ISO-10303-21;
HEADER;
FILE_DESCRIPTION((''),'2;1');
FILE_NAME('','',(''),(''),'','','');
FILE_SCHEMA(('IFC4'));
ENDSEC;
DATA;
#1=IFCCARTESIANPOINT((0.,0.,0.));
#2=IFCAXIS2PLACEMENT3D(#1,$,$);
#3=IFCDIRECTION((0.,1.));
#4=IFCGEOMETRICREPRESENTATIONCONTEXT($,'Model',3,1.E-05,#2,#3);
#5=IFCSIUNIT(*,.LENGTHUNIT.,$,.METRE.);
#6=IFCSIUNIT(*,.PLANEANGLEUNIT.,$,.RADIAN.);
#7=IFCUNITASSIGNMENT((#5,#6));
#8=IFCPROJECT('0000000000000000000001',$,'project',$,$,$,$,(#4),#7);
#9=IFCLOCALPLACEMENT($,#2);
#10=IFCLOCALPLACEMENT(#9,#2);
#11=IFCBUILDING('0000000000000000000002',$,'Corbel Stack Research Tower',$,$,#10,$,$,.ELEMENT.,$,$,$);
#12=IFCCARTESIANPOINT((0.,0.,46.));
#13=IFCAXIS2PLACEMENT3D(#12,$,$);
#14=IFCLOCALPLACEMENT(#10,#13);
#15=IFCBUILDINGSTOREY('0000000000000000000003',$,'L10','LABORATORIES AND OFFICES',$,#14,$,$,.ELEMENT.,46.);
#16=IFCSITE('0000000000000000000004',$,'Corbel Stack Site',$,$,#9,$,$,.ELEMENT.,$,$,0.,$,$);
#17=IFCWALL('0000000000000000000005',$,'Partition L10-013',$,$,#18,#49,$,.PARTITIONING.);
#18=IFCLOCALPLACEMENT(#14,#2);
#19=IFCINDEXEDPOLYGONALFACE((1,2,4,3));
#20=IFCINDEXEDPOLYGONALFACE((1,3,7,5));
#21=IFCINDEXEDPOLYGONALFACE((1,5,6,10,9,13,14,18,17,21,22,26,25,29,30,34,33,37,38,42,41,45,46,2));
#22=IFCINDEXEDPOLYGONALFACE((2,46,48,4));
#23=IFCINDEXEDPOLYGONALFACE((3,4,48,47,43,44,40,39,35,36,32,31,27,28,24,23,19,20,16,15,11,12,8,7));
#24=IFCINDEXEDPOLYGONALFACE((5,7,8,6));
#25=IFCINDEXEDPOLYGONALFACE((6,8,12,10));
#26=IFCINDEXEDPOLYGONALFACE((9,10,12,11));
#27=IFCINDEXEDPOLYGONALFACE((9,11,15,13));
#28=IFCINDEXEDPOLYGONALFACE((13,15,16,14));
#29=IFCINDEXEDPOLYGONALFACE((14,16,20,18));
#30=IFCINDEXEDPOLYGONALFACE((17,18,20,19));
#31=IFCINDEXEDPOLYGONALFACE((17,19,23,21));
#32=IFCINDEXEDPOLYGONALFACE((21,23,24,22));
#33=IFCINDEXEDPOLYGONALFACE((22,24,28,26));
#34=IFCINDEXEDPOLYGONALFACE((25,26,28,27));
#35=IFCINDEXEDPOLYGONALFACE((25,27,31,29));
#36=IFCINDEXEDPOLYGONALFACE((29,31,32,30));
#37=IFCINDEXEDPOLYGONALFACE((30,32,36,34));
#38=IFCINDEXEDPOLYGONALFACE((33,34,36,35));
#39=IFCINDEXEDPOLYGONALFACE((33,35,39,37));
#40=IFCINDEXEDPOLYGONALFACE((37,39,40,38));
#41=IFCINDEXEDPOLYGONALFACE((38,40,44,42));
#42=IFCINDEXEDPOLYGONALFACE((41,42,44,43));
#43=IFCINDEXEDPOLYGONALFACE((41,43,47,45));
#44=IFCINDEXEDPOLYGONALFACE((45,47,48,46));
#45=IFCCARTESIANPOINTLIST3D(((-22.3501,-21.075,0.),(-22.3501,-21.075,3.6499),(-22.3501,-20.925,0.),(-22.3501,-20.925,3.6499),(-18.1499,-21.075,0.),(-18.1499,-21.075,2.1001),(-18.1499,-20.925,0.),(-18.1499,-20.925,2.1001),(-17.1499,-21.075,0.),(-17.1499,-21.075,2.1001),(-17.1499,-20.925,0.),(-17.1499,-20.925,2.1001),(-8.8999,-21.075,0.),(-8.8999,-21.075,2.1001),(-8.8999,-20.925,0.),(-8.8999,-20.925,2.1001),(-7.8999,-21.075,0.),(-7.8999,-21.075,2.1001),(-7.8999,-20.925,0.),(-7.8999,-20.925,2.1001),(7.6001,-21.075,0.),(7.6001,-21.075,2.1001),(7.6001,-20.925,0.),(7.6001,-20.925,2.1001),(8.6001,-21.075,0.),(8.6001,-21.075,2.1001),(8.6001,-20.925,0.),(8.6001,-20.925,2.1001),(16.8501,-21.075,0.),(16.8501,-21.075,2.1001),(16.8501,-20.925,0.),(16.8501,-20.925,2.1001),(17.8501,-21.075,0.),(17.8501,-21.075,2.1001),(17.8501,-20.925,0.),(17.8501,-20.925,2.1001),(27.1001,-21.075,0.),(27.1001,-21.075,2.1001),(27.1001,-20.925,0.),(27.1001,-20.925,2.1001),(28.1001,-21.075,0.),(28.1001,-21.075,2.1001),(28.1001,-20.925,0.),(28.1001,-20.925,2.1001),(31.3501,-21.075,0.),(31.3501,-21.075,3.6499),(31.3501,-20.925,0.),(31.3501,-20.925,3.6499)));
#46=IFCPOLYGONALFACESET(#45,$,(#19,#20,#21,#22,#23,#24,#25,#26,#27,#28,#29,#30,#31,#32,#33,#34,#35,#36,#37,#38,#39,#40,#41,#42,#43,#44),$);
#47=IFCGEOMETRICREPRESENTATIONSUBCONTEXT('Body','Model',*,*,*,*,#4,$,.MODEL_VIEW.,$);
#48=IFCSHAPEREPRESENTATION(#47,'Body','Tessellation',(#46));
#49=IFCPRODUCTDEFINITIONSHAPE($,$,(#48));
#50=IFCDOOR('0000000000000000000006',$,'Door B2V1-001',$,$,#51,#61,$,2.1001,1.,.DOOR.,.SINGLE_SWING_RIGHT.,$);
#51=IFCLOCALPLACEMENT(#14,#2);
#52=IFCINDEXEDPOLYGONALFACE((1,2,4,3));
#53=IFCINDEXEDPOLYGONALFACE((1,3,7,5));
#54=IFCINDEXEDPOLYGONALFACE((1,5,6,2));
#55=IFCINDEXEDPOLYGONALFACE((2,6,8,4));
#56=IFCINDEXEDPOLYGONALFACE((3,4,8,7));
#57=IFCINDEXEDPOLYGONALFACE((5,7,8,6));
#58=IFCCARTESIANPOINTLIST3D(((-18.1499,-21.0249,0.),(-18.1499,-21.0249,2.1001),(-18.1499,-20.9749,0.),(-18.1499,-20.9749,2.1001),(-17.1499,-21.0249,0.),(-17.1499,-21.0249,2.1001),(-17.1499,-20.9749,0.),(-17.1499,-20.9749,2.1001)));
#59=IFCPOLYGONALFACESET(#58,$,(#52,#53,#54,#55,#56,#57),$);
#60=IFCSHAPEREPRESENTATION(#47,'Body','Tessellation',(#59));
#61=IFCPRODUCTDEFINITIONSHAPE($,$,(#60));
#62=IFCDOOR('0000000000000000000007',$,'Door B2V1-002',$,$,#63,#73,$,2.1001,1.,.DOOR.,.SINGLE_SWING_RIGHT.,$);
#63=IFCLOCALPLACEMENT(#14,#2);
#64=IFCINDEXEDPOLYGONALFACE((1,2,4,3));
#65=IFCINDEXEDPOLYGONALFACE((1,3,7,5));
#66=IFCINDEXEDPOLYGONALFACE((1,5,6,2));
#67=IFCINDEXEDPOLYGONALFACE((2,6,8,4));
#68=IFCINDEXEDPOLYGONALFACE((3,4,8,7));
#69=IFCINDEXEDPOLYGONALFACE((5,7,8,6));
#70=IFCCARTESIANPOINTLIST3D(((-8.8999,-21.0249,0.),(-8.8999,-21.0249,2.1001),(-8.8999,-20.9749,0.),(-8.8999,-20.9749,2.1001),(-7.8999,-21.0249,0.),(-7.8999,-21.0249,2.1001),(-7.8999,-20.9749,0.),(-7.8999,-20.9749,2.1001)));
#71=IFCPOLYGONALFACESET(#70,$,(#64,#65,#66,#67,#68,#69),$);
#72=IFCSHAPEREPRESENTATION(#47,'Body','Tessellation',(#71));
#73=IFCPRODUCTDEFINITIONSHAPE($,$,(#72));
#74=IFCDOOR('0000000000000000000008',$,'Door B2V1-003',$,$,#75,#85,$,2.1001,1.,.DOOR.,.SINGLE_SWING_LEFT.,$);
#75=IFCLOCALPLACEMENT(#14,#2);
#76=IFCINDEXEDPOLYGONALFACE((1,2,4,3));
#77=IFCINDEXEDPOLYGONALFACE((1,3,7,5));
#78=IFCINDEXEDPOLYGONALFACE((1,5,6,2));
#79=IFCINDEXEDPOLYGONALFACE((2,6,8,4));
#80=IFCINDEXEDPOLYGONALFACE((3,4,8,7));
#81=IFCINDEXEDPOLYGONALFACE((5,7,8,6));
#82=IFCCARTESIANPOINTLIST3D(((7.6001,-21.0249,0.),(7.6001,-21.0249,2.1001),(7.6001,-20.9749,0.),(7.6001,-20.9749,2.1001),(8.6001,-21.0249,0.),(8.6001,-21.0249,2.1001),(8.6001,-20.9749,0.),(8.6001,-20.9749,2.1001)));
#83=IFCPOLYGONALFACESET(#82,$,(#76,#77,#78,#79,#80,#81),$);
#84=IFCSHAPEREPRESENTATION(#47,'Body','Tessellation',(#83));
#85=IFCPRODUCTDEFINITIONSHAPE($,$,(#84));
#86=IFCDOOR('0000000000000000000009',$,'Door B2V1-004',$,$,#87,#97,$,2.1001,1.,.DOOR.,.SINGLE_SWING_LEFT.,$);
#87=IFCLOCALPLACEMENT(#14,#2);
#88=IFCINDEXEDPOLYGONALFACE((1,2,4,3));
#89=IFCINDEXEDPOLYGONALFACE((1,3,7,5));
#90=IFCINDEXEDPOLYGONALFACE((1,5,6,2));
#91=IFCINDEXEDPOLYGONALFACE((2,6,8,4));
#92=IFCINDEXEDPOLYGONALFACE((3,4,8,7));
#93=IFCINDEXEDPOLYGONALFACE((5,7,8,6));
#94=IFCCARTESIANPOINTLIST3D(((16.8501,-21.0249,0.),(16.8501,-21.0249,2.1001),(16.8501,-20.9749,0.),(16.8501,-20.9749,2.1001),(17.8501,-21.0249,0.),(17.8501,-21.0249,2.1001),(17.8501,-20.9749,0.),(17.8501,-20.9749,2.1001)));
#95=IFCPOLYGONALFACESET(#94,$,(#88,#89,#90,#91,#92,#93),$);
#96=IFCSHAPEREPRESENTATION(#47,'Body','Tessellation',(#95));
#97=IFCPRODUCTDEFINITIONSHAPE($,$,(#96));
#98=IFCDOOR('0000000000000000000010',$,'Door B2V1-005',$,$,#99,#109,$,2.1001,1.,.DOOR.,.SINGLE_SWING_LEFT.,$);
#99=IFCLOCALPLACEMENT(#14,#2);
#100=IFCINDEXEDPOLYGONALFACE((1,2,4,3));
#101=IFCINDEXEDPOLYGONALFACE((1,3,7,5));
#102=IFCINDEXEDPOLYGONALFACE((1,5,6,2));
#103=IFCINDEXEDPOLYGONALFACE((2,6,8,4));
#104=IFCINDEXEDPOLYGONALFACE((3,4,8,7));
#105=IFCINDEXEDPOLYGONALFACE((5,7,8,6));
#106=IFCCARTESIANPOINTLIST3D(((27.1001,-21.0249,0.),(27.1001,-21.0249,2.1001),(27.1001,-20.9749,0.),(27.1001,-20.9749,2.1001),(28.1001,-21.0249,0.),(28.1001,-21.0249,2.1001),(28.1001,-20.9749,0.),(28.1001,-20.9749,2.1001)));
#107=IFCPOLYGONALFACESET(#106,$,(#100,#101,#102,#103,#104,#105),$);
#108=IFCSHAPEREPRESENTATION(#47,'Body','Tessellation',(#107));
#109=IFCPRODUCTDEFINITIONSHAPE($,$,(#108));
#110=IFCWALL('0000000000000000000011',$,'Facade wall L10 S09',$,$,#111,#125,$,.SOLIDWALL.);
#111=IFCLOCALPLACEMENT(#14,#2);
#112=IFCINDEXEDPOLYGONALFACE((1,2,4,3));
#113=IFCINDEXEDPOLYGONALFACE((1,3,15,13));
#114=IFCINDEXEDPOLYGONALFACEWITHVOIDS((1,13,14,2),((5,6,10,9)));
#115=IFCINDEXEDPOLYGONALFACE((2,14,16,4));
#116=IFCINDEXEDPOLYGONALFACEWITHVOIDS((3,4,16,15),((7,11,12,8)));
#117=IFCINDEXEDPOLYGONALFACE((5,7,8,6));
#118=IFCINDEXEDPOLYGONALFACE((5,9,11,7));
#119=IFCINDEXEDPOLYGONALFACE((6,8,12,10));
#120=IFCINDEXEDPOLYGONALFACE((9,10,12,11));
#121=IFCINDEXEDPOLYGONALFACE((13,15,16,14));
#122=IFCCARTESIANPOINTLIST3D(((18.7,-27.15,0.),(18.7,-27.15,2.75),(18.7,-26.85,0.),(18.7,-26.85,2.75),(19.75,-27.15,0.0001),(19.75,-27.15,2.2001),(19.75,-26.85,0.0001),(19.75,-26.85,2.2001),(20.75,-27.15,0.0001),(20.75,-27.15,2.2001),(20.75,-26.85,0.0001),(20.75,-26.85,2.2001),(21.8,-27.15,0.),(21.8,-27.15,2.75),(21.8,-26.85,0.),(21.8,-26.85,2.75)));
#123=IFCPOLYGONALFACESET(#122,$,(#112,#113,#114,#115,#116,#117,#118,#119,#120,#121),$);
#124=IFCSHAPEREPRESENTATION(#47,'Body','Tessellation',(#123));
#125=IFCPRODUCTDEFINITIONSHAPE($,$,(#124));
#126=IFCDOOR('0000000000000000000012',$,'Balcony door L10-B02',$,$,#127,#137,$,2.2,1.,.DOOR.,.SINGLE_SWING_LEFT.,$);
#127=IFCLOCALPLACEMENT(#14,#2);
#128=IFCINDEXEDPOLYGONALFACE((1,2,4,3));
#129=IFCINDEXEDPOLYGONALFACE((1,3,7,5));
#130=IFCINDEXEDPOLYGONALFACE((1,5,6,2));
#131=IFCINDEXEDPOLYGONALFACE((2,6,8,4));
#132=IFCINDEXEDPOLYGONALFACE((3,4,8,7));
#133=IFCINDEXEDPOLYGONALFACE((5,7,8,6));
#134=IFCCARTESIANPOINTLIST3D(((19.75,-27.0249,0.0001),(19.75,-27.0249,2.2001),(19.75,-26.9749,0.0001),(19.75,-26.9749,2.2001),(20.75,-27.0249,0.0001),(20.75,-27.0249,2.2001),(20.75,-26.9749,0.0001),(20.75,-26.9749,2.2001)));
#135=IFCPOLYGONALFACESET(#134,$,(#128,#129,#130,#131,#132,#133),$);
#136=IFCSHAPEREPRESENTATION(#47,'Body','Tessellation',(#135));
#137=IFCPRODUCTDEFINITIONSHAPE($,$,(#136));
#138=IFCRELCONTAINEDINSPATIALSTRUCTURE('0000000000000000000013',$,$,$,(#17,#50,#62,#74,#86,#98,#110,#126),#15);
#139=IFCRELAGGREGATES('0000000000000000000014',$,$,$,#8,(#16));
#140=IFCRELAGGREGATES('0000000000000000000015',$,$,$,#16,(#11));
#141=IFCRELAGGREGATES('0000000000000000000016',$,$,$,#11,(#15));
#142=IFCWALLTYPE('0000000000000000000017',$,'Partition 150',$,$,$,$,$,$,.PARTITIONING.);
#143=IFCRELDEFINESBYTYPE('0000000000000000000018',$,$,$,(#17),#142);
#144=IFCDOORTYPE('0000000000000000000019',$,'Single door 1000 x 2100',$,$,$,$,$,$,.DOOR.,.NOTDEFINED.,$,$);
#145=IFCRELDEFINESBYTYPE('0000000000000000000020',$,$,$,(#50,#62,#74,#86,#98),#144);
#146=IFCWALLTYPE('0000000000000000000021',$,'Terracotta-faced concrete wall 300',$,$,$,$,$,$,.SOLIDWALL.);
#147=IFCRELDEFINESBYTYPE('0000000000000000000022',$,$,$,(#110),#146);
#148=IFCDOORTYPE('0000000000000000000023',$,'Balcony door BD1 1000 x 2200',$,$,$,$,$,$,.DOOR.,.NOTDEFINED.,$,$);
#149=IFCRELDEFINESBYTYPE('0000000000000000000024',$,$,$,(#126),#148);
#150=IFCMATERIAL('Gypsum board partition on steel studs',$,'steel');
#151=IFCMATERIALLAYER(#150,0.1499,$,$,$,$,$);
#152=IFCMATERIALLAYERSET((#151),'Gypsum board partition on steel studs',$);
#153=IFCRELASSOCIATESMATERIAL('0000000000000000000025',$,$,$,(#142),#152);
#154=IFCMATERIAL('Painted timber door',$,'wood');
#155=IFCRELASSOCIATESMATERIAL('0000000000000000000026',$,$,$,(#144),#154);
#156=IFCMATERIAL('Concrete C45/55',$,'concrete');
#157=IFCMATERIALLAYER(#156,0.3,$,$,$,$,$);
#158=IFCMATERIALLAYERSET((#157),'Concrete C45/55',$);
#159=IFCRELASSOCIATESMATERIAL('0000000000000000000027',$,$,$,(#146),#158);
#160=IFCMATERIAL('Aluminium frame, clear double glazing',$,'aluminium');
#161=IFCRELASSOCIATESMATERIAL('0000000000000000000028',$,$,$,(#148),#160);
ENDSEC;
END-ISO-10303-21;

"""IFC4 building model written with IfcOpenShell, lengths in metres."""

from ifc_helpers import new_model, si_unit, direction, frame, frame_2d, origin, place, context, subcontext, project, spatial, rectangle, extrude, material, layer, layer_set, type_object, element, fill, save


model = new_model("IFC4")

# Units and contexts
model_context = context("Model", 3, precision=1e-05, world=origin(), true_north=direction((0.0, 1.0)))
body_context = subcontext(model_context, "Body", "Model", "MODEL_VIEW")
ifc_project = project(units=[si_unit("LENGTHUNIT", "METRE"), si_unit("PLANEANGLEUNIT", "RADIAN")], contexts=[model_context])

# Site, building, storey
site_placement = place(None, origin())
site = spatial("IfcSite", under=ifc_project, at=site_placement, Name="Corbel Stack Site", CompositionType="ELEMENT", RefElevation=0.0)
building_placement = place(site_placement, origin())
building = spatial("IfcBuilding", under=site, at=building_placement, Name="Corbel Stack Research Tower", CompositionType="ELEMENT")
storey_placement = place(building_placement, frame((0.0, 0.0, 46.0)))
storey = spatial("IfcBuildingStorey", under=building, at=storey_placement, Name="L10", Description="LABORATORIES AND OFFICES", CompositionType="ELEMENT", Elevation=46.0)

# Wall, openings, doors
ifc_material_1 = material(Name="Gypsum board partition on steel studs", Category="steel")
ifc_layer_1 = layer(ifc_material_1, 0.1499)
ifc_layer_set_1 = layer_set([ifc_layer_1], Name="Gypsum board partition on steel studs")
wall_type_1 = type_object("IfcWallType", Name="Partition 150", PredefinedType="PARTITIONING", material=ifc_layer_set_1)
wall_1_placement = place(storey_placement, frame((31.3501, -21.0, 0.0), z_axis=(0.0, 0.0, 1.0), x_axis=(-1.0, 0.0, 0.0)))
wall_1 = element("IfcWall", 1, at=wall_1_placement, inside=storey, type_object=wall_type_1, Name="Partition L10-013", PredefinedType="PARTITIONING", context=body_context, shape_type="SweptSolid", body=[
    extrude(rectangle(XDim=53.7002, YDim=0.1499, at=frame_2d((26.8501, 0.0))), origin(), (0.0, 0.0, 1.0), 3.6499),
])
opening_1_placement = place(wall_1_placement, frame((48.5, 0.0, 0.0)))
opening_1 = element("IfcOpeningElement", 2, at=opening_1_placement, cuts=wall_1, PredefinedType="OPENING", context=body_context, shape_type="SweptSolid", body=[
    extrude(rectangle(XDim=1.0, YDim=2.1001, at=frame_2d((0.5, 1.05))), frame((0.0, 0.085, 0.0), z_axis=(0.0, -1.0, 0.0), x_axis=(1.0, 0.0, 0.0)), (0.0, 0.0, 1.0), 0.1699),
])
opening_2_placement = place(wall_1_placement, frame((39.25, 0.0, 0.0)))
opening_2 = element("IfcOpeningElement", 3, at=opening_2_placement, cuts=wall_1, PredefinedType="OPENING", context=body_context, shape_type="SweptSolid", body=[
    extrude(rectangle(XDim=1.0, YDim=2.1001, at=frame_2d((0.5, 1.05))), frame((0.0, 0.085, 0.0), z_axis=(0.0, -1.0, 0.0), x_axis=(1.0, 0.0, 0.0)), (0.0, 0.0, 1.0), 0.1699),
])
opening_3_placement = place(wall_1_placement, frame((22.75, 0.0, 0.0)))
opening_3 = element("IfcOpeningElement", 4, at=opening_3_placement, cuts=wall_1, PredefinedType="OPENING", context=body_context, shape_type="SweptSolid", body=[
    extrude(rectangle(XDim=1.0, YDim=2.1001, at=frame_2d((0.5, 1.05))), frame((0.0, 0.085, 0.0), z_axis=(0.0, -1.0, 0.0), x_axis=(1.0, 0.0, 0.0)), (0.0, 0.0, 1.0), 0.1699),
])
opening_4_placement = place(wall_1_placement, frame((13.5, 0.0, 0.0)))
opening_4 = element("IfcOpeningElement", 5, at=opening_4_placement, cuts=wall_1, PredefinedType="OPENING", context=body_context, shape_type="SweptSolid", body=[
    extrude(rectangle(XDim=1.0, YDim=2.1001, at=frame_2d((0.5, 1.05))), frame((0.0, 0.085, 0.0), z_axis=(0.0, -1.0, 0.0), x_axis=(1.0, 0.0, 0.0)), (0.0, 0.0, 1.0), 0.1699),
])
opening_5_placement = place(wall_1_placement, frame((3.25, 0.0, 0.0)))
opening_5 = element("IfcOpeningElement", 6, at=opening_5_placement, cuts=wall_1, PredefinedType="OPENING", context=body_context, shape_type="SweptSolid", body=[
    extrude(rectangle(XDim=1.0, YDim=2.1001, at=frame_2d((0.5, 1.05))), frame((0.0, 0.085, 0.0), z_axis=(0.0, -1.0, 0.0), x_axis=(1.0, 0.0, 0.0)), (0.0, 0.0, 1.0), 0.1699),
])
ifc_material_2 = material(Name="Painted timber door", Category="wood")
door_type_1 = type_object("IfcDoorType", Name="Single door 1000 x 2100", OperationType="NOTDEFINED", PredefinedType="DOOR", material=ifc_material_2)
door_1_placement = place(opening_1_placement, origin())
door_1 = element("IfcDoor", 7, at=door_1_placement, inside=storey, type_object=door_type_1, Name="Door B2V1-001", OperationType="SINGLE_SWING_RIGHT", OverallHeight=2.1001, OverallWidth=1.0, PredefinedType="DOOR", context=body_context, shape_type="SweptSolid", body=[
    extrude(rectangle(XDim=1.0, YDim=2.1001, at=frame_2d((0.5, 1.05))), frame((0.0, 0.0249, 0.0), z_axis=(0.0, -1.0, 0.0), x_axis=(1.0, 0.0, 0.0)), (0.0, 0.0, 1.0), 0.05),
])
fill(opening_1, door_1)
door_2_placement = place(opening_2_placement, origin())
door_2 = element("IfcDoor", 8, at=door_2_placement, inside=storey, type_object=door_type_1, Name="Door B2V1-002", OperationType="SINGLE_SWING_RIGHT", OverallHeight=2.1001, OverallWidth=1.0, PredefinedType="DOOR", context=body_context, shape_type="SweptSolid", body=[
    extrude(rectangle(XDim=1.0, YDim=2.1001, at=frame_2d((0.5, 1.05))), frame((0.0, 0.0249, 0.0), z_axis=(0.0, -1.0, 0.0), x_axis=(1.0, 0.0, 0.0)), (0.0, 0.0, 1.0), 0.05),
])
fill(opening_2, door_2)
door_3_placement = place(opening_3_placement, origin())
door_3 = element("IfcDoor", 9, at=door_3_placement, inside=storey, type_object=door_type_1, Name="Door B2V1-003", OperationType="SINGLE_SWING_LEFT", OverallHeight=2.1001, OverallWidth=1.0, PredefinedType="DOOR", context=body_context, shape_type="SweptSolid", body=[
    extrude(rectangle(XDim=1.0, YDim=2.1001, at=frame_2d((0.5, 1.05))), frame((0.0, 0.0249, 0.0), z_axis=(0.0, -1.0, 0.0), x_axis=(1.0, 0.0, 0.0)), (0.0, 0.0, 1.0), 0.05),
])
fill(opening_3, door_3)
door_4_placement = place(opening_4_placement, origin())
door_4 = element("IfcDoor", 10, at=door_4_placement, inside=storey, type_object=door_type_1, Name="Door B2V1-004", OperationType="SINGLE_SWING_LEFT", OverallHeight=2.1001, OverallWidth=1.0, PredefinedType="DOOR", context=body_context, shape_type="SweptSolid", body=[
    extrude(rectangle(XDim=1.0, YDim=2.1001, at=frame_2d((0.5, 1.05))), frame((0.0, 0.0249, 0.0), z_axis=(0.0, -1.0, 0.0), x_axis=(1.0, 0.0, 0.0)), (0.0, 0.0, 1.0), 0.05),
])
fill(opening_4, door_4)
door_5_placement = place(opening_5_placement, origin())
door_5 = element("IfcDoor", 11, at=door_5_placement, inside=storey, type_object=door_type_1, Name="Door B2V1-005", OperationType="SINGLE_SWING_LEFT", OverallHeight=2.1001, OverallWidth=1.0, PredefinedType="DOOR", context=body_context, shape_type="SweptSolid", body=[
    extrude(rectangle(XDim=1.0, YDim=2.1001, at=frame_2d((0.5, 1.05))), frame((0.0, 0.0249, 0.0), z_axis=(0.0, -1.0, 0.0), x_axis=(1.0, 0.0, 0.0)), (0.0, 0.0, 1.0), 0.05),
])
fill(opening_5, door_5)

# Wall, opening, door
ifc_material_3 = material(Name="Concrete C45/55", Category="concrete")
ifc_layer_2 = layer(ifc_material_3, 0.3)
ifc_layer_set_2 = layer_set([ifc_layer_2], Name="Concrete C45/55")
wall_type_2 = type_object("IfcWallType", Name="Terracotta-faced concrete wall 300", PredefinedType="SOLIDWALL", material=ifc_layer_set_2)
wall_2_placement = place(storey_placement, frame((21.8, -27.0, 0.0), z_axis=(0.0, 0.0, 1.0), x_axis=(-1.0, 0.0, 0.0)))
wall_2 = element("IfcWall", 12, at=wall_2_placement, inside=storey, type_object=wall_type_2, Name="Facade wall L10 S09", PredefinedType="SOLIDWALL", context=body_context, shape_type="SweptSolid", body=[
    extrude(rectangle(XDim=3.1001, YDim=0.3, at=frame_2d((1.55, 0.0))), origin(), (0.0, 0.0, 1.0), 2.75),
])
opening_6_placement = place(wall_2_placement, frame((1.05, 0.0, 0.0)))
opening_6 = element("IfcOpeningElement", 13, at=opening_6_placement, cuts=wall_2, PredefinedType="OPENING", context=body_context, shape_type="SweptSolid", body=[
    extrude(rectangle(XDim=1.0, YDim=2.2, at=frame_2d((0.5, 1.1001))), frame((0.0, 0.1599, 0.0), z_axis=(0.0, -1.0, 0.0), x_axis=(1.0, 0.0, 0.0)), (0.0, 0.0, 1.0), 0.3201),
])
ifc_material_4 = material(Name="Aluminium frame, clear double glazing", Category="aluminium")
door_type_2 = type_object("IfcDoorType", Name="Balcony door BD1 1000 x 2200", OperationType="NOTDEFINED", PredefinedType="DOOR", material=ifc_material_4)
door_6_placement = place(opening_6_placement, origin())
door_6 = element("IfcDoor", 14, at=door_6_placement, inside=storey, type_object=door_type_2, Name="Balcony door L10-B02", OperationType="SINGLE_SWING_LEFT", OverallHeight=2.2, OverallWidth=1.0, PredefinedType="DOOR", context=body_context, shape_type="SweptSolid", body=[
    extrude(rectangle(XDim=1.0, YDim=2.2, at=frame_2d((0.5, 1.1001))), frame((0.0, 0.0249, 0.0), z_axis=(0.0, -1.0, 0.0), x_axis=(1.0, 0.0, 0.0)), (0.0, 0.0, 1.0), 0.05),
])
fill(opening_6, door_6)

save(model, "model.ifc")
